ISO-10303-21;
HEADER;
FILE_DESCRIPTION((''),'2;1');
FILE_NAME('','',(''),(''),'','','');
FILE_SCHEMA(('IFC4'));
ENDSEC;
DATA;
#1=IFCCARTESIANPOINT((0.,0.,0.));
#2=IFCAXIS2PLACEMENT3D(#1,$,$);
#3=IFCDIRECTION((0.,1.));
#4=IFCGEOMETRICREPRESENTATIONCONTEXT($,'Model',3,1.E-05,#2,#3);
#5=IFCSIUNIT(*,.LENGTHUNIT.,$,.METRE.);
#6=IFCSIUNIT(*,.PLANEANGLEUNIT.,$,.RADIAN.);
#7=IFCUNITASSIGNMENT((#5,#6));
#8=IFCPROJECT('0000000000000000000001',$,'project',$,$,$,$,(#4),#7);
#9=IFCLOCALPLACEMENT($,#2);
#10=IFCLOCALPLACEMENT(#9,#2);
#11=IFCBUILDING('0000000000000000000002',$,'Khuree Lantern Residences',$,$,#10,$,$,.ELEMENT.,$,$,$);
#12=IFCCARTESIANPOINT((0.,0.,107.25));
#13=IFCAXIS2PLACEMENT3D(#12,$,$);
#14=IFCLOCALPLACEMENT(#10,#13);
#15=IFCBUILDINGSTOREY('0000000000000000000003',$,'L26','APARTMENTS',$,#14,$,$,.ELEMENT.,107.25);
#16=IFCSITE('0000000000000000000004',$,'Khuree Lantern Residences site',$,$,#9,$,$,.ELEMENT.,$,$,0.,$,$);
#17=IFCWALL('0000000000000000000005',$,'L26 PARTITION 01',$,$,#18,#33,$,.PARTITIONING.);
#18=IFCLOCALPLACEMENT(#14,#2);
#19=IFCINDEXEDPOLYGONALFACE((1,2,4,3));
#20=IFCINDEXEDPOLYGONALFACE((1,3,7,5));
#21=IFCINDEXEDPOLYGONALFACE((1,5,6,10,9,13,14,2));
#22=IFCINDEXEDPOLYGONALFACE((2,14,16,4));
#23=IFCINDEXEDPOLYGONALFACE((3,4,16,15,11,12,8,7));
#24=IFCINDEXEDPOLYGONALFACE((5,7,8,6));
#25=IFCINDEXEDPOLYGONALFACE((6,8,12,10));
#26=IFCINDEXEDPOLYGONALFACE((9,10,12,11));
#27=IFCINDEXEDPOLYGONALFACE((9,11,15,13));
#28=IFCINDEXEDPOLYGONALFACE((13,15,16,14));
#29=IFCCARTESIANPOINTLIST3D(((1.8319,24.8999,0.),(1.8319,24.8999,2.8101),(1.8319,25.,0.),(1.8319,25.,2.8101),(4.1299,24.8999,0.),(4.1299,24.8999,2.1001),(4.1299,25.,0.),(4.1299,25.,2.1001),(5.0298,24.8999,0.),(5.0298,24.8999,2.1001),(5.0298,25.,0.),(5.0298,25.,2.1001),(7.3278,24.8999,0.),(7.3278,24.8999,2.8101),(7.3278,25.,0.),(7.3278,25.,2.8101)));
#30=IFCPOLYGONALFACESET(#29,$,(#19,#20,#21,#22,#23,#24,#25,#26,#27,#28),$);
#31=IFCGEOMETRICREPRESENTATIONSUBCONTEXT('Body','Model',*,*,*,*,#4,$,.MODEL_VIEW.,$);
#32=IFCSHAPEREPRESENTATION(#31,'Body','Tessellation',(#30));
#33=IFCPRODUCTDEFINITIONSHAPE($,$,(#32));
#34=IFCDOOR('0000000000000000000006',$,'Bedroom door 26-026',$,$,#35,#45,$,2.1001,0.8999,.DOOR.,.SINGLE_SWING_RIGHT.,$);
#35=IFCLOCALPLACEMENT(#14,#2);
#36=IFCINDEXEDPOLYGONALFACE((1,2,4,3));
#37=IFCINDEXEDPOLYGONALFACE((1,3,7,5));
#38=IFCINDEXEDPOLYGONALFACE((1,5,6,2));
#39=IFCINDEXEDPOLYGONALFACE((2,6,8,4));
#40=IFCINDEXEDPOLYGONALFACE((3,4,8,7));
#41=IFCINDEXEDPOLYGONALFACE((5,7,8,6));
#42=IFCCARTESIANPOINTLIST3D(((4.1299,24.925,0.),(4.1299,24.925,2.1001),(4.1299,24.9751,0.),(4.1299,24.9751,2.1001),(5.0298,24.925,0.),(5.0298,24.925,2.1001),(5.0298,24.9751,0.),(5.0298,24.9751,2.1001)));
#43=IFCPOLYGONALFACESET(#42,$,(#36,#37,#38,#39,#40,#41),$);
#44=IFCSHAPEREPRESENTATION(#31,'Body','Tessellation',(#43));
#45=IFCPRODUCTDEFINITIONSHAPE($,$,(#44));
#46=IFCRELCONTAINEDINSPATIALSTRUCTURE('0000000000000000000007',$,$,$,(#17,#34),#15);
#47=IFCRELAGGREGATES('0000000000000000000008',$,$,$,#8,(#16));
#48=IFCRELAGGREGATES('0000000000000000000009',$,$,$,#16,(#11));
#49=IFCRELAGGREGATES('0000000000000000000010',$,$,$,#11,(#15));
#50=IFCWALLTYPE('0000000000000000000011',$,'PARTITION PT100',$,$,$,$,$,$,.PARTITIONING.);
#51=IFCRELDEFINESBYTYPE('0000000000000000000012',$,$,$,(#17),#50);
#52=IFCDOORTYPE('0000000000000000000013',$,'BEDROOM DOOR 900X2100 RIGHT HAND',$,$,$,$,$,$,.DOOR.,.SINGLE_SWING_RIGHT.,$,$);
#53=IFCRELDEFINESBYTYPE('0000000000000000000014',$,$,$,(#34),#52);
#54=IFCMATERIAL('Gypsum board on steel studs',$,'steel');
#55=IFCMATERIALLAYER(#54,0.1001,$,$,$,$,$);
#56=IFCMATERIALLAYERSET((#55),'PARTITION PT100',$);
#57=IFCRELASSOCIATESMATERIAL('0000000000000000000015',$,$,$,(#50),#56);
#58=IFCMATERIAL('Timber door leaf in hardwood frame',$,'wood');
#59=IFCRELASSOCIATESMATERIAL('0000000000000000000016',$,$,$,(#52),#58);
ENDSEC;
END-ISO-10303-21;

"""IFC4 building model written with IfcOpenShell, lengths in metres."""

from ifc_helpers import new_model, si_unit, direction, frame, frame_2d, origin, place, context, subcontext, project, spatial, rectangle, extrude, material, layer, layer_set, type_object, element, fill, save


model = new_model("IFC4")

# Units and contexts
model_context = context("Model", 3, precision=1e-05, world=origin(), true_north=direction((0.0, 1.0)))
body_context = subcontext(model_context, "Body", "Model", "MODEL_VIEW")
ifc_project = project(units=[si_unit("LENGTHUNIT", "METRE"), si_unit("PLANEANGLEUNIT", "RADIAN")], contexts=[model_context])

# Site, building, storey
site_placement = place(None, origin())
site = spatial("IfcSite", under=ifc_project, at=site_placement, Name="Khuree Lantern Residences site", CompositionType="ELEMENT", RefElevation=0.0)
building_placement = place(site_placement, origin())
building = spatial("IfcBuilding", under=site, at=building_placement, Name="Khuree Lantern Residences", CompositionType="ELEMENT")
storey_placement = place(building_placement, frame((0.0, 0.0, 107.25)))
storey = spatial("IfcBuildingStorey", under=building, at=storey_placement, Name="L26", Description="APARTMENTS", CompositionType="ELEMENT", Elevation=107.25)

# Shared definitions
ifc_material_1 = material(Name="Timber door leaf in hardwood frame", Category="wood")

# Shared definitions
ifc_material_2 = material(Name="Gypsum board on steel studs", Category="steel")
ifc_layer_1 = layer(ifc_material_2, 0.1001)
ifc_layer_set_1 = layer_set([ifc_layer_1], Name="PARTITION PT100")
wall_type_1 = type_object("IfcWallType", Name="PARTITION PT100", PredefinedType="PARTITIONING", material=ifc_layer_set_1)

# Wall, opening, door
wall_1_placement = place(storey_placement, frame((7.3279, 24.95, 0.0), z_axis=(0.0, 0.0, 1.0), x_axis=(-1.0, 0.0, 0.0)))
wall_1 = element("IfcWall", 1, at=wall_1_placement, inside=storey, type_object=wall_type_1, Name="L26 PARTITION 01", PredefinedType="PARTITIONING", context=body_context, shape_type="SweptSolid", body=[
    extrude(rectangle(XDim=5.4958, YDim=0.1001, at=frame_2d((2.748, 0.0))), origin(), (0.0, 0.0, 1.0), 2.8101),
])
opening_1_placement = place(wall_1_placement, frame((2.2981, 0.0, 0.0)))
opening_1 = element("IfcOpeningElement", 2, at=opening_1_placement, cuts=wall_1, PredefinedType="OPENING", context=body_context, shape_type="SweptSolid", body=[
    extrude(rectangle(XDim=0.8999, YDim=2.1001, at=frame_2d((0.45, 1.05))), frame((0.0, 0.0601, 0.0), z_axis=(0.0, -1.0, 0.0), x_axis=(1.0, 0.0, 0.0)), (0.0, 0.0, 1.0), 0.1201),
])
door_type_1 = type_object("IfcDoorType", Name="BEDROOM DOOR 900X2100 RIGHT HAND", OperationType="SINGLE_SWING_RIGHT", PredefinedType="DOOR", material=ifc_material_1)
door_1_placement = place(opening_1_placement, origin())
door_1 = element("IfcDoor", 3, at=door_1_placement, inside=storey, type_object=door_type_1, Name="Bedroom door 26-026", OperationType="SINGLE_SWING_RIGHT", OverallHeight=2.1001, OverallWidth=0.8999, PredefinedType="DOOR", context=body_context, shape_type="SweptSolid", body=[
    extrude(rectangle(XDim=0.8999, YDim=2.1001, at=frame_2d((0.45, 1.05))), frame((0.0, 0.0249, 0.0), z_axis=(0.0, -1.0, 0.0), x_axis=(1.0, 0.0, 0.0)), (0.0, 0.0, 1.0), 0.05),
])
fill(opening_1, door_1)

save(model, "model.ifc")
